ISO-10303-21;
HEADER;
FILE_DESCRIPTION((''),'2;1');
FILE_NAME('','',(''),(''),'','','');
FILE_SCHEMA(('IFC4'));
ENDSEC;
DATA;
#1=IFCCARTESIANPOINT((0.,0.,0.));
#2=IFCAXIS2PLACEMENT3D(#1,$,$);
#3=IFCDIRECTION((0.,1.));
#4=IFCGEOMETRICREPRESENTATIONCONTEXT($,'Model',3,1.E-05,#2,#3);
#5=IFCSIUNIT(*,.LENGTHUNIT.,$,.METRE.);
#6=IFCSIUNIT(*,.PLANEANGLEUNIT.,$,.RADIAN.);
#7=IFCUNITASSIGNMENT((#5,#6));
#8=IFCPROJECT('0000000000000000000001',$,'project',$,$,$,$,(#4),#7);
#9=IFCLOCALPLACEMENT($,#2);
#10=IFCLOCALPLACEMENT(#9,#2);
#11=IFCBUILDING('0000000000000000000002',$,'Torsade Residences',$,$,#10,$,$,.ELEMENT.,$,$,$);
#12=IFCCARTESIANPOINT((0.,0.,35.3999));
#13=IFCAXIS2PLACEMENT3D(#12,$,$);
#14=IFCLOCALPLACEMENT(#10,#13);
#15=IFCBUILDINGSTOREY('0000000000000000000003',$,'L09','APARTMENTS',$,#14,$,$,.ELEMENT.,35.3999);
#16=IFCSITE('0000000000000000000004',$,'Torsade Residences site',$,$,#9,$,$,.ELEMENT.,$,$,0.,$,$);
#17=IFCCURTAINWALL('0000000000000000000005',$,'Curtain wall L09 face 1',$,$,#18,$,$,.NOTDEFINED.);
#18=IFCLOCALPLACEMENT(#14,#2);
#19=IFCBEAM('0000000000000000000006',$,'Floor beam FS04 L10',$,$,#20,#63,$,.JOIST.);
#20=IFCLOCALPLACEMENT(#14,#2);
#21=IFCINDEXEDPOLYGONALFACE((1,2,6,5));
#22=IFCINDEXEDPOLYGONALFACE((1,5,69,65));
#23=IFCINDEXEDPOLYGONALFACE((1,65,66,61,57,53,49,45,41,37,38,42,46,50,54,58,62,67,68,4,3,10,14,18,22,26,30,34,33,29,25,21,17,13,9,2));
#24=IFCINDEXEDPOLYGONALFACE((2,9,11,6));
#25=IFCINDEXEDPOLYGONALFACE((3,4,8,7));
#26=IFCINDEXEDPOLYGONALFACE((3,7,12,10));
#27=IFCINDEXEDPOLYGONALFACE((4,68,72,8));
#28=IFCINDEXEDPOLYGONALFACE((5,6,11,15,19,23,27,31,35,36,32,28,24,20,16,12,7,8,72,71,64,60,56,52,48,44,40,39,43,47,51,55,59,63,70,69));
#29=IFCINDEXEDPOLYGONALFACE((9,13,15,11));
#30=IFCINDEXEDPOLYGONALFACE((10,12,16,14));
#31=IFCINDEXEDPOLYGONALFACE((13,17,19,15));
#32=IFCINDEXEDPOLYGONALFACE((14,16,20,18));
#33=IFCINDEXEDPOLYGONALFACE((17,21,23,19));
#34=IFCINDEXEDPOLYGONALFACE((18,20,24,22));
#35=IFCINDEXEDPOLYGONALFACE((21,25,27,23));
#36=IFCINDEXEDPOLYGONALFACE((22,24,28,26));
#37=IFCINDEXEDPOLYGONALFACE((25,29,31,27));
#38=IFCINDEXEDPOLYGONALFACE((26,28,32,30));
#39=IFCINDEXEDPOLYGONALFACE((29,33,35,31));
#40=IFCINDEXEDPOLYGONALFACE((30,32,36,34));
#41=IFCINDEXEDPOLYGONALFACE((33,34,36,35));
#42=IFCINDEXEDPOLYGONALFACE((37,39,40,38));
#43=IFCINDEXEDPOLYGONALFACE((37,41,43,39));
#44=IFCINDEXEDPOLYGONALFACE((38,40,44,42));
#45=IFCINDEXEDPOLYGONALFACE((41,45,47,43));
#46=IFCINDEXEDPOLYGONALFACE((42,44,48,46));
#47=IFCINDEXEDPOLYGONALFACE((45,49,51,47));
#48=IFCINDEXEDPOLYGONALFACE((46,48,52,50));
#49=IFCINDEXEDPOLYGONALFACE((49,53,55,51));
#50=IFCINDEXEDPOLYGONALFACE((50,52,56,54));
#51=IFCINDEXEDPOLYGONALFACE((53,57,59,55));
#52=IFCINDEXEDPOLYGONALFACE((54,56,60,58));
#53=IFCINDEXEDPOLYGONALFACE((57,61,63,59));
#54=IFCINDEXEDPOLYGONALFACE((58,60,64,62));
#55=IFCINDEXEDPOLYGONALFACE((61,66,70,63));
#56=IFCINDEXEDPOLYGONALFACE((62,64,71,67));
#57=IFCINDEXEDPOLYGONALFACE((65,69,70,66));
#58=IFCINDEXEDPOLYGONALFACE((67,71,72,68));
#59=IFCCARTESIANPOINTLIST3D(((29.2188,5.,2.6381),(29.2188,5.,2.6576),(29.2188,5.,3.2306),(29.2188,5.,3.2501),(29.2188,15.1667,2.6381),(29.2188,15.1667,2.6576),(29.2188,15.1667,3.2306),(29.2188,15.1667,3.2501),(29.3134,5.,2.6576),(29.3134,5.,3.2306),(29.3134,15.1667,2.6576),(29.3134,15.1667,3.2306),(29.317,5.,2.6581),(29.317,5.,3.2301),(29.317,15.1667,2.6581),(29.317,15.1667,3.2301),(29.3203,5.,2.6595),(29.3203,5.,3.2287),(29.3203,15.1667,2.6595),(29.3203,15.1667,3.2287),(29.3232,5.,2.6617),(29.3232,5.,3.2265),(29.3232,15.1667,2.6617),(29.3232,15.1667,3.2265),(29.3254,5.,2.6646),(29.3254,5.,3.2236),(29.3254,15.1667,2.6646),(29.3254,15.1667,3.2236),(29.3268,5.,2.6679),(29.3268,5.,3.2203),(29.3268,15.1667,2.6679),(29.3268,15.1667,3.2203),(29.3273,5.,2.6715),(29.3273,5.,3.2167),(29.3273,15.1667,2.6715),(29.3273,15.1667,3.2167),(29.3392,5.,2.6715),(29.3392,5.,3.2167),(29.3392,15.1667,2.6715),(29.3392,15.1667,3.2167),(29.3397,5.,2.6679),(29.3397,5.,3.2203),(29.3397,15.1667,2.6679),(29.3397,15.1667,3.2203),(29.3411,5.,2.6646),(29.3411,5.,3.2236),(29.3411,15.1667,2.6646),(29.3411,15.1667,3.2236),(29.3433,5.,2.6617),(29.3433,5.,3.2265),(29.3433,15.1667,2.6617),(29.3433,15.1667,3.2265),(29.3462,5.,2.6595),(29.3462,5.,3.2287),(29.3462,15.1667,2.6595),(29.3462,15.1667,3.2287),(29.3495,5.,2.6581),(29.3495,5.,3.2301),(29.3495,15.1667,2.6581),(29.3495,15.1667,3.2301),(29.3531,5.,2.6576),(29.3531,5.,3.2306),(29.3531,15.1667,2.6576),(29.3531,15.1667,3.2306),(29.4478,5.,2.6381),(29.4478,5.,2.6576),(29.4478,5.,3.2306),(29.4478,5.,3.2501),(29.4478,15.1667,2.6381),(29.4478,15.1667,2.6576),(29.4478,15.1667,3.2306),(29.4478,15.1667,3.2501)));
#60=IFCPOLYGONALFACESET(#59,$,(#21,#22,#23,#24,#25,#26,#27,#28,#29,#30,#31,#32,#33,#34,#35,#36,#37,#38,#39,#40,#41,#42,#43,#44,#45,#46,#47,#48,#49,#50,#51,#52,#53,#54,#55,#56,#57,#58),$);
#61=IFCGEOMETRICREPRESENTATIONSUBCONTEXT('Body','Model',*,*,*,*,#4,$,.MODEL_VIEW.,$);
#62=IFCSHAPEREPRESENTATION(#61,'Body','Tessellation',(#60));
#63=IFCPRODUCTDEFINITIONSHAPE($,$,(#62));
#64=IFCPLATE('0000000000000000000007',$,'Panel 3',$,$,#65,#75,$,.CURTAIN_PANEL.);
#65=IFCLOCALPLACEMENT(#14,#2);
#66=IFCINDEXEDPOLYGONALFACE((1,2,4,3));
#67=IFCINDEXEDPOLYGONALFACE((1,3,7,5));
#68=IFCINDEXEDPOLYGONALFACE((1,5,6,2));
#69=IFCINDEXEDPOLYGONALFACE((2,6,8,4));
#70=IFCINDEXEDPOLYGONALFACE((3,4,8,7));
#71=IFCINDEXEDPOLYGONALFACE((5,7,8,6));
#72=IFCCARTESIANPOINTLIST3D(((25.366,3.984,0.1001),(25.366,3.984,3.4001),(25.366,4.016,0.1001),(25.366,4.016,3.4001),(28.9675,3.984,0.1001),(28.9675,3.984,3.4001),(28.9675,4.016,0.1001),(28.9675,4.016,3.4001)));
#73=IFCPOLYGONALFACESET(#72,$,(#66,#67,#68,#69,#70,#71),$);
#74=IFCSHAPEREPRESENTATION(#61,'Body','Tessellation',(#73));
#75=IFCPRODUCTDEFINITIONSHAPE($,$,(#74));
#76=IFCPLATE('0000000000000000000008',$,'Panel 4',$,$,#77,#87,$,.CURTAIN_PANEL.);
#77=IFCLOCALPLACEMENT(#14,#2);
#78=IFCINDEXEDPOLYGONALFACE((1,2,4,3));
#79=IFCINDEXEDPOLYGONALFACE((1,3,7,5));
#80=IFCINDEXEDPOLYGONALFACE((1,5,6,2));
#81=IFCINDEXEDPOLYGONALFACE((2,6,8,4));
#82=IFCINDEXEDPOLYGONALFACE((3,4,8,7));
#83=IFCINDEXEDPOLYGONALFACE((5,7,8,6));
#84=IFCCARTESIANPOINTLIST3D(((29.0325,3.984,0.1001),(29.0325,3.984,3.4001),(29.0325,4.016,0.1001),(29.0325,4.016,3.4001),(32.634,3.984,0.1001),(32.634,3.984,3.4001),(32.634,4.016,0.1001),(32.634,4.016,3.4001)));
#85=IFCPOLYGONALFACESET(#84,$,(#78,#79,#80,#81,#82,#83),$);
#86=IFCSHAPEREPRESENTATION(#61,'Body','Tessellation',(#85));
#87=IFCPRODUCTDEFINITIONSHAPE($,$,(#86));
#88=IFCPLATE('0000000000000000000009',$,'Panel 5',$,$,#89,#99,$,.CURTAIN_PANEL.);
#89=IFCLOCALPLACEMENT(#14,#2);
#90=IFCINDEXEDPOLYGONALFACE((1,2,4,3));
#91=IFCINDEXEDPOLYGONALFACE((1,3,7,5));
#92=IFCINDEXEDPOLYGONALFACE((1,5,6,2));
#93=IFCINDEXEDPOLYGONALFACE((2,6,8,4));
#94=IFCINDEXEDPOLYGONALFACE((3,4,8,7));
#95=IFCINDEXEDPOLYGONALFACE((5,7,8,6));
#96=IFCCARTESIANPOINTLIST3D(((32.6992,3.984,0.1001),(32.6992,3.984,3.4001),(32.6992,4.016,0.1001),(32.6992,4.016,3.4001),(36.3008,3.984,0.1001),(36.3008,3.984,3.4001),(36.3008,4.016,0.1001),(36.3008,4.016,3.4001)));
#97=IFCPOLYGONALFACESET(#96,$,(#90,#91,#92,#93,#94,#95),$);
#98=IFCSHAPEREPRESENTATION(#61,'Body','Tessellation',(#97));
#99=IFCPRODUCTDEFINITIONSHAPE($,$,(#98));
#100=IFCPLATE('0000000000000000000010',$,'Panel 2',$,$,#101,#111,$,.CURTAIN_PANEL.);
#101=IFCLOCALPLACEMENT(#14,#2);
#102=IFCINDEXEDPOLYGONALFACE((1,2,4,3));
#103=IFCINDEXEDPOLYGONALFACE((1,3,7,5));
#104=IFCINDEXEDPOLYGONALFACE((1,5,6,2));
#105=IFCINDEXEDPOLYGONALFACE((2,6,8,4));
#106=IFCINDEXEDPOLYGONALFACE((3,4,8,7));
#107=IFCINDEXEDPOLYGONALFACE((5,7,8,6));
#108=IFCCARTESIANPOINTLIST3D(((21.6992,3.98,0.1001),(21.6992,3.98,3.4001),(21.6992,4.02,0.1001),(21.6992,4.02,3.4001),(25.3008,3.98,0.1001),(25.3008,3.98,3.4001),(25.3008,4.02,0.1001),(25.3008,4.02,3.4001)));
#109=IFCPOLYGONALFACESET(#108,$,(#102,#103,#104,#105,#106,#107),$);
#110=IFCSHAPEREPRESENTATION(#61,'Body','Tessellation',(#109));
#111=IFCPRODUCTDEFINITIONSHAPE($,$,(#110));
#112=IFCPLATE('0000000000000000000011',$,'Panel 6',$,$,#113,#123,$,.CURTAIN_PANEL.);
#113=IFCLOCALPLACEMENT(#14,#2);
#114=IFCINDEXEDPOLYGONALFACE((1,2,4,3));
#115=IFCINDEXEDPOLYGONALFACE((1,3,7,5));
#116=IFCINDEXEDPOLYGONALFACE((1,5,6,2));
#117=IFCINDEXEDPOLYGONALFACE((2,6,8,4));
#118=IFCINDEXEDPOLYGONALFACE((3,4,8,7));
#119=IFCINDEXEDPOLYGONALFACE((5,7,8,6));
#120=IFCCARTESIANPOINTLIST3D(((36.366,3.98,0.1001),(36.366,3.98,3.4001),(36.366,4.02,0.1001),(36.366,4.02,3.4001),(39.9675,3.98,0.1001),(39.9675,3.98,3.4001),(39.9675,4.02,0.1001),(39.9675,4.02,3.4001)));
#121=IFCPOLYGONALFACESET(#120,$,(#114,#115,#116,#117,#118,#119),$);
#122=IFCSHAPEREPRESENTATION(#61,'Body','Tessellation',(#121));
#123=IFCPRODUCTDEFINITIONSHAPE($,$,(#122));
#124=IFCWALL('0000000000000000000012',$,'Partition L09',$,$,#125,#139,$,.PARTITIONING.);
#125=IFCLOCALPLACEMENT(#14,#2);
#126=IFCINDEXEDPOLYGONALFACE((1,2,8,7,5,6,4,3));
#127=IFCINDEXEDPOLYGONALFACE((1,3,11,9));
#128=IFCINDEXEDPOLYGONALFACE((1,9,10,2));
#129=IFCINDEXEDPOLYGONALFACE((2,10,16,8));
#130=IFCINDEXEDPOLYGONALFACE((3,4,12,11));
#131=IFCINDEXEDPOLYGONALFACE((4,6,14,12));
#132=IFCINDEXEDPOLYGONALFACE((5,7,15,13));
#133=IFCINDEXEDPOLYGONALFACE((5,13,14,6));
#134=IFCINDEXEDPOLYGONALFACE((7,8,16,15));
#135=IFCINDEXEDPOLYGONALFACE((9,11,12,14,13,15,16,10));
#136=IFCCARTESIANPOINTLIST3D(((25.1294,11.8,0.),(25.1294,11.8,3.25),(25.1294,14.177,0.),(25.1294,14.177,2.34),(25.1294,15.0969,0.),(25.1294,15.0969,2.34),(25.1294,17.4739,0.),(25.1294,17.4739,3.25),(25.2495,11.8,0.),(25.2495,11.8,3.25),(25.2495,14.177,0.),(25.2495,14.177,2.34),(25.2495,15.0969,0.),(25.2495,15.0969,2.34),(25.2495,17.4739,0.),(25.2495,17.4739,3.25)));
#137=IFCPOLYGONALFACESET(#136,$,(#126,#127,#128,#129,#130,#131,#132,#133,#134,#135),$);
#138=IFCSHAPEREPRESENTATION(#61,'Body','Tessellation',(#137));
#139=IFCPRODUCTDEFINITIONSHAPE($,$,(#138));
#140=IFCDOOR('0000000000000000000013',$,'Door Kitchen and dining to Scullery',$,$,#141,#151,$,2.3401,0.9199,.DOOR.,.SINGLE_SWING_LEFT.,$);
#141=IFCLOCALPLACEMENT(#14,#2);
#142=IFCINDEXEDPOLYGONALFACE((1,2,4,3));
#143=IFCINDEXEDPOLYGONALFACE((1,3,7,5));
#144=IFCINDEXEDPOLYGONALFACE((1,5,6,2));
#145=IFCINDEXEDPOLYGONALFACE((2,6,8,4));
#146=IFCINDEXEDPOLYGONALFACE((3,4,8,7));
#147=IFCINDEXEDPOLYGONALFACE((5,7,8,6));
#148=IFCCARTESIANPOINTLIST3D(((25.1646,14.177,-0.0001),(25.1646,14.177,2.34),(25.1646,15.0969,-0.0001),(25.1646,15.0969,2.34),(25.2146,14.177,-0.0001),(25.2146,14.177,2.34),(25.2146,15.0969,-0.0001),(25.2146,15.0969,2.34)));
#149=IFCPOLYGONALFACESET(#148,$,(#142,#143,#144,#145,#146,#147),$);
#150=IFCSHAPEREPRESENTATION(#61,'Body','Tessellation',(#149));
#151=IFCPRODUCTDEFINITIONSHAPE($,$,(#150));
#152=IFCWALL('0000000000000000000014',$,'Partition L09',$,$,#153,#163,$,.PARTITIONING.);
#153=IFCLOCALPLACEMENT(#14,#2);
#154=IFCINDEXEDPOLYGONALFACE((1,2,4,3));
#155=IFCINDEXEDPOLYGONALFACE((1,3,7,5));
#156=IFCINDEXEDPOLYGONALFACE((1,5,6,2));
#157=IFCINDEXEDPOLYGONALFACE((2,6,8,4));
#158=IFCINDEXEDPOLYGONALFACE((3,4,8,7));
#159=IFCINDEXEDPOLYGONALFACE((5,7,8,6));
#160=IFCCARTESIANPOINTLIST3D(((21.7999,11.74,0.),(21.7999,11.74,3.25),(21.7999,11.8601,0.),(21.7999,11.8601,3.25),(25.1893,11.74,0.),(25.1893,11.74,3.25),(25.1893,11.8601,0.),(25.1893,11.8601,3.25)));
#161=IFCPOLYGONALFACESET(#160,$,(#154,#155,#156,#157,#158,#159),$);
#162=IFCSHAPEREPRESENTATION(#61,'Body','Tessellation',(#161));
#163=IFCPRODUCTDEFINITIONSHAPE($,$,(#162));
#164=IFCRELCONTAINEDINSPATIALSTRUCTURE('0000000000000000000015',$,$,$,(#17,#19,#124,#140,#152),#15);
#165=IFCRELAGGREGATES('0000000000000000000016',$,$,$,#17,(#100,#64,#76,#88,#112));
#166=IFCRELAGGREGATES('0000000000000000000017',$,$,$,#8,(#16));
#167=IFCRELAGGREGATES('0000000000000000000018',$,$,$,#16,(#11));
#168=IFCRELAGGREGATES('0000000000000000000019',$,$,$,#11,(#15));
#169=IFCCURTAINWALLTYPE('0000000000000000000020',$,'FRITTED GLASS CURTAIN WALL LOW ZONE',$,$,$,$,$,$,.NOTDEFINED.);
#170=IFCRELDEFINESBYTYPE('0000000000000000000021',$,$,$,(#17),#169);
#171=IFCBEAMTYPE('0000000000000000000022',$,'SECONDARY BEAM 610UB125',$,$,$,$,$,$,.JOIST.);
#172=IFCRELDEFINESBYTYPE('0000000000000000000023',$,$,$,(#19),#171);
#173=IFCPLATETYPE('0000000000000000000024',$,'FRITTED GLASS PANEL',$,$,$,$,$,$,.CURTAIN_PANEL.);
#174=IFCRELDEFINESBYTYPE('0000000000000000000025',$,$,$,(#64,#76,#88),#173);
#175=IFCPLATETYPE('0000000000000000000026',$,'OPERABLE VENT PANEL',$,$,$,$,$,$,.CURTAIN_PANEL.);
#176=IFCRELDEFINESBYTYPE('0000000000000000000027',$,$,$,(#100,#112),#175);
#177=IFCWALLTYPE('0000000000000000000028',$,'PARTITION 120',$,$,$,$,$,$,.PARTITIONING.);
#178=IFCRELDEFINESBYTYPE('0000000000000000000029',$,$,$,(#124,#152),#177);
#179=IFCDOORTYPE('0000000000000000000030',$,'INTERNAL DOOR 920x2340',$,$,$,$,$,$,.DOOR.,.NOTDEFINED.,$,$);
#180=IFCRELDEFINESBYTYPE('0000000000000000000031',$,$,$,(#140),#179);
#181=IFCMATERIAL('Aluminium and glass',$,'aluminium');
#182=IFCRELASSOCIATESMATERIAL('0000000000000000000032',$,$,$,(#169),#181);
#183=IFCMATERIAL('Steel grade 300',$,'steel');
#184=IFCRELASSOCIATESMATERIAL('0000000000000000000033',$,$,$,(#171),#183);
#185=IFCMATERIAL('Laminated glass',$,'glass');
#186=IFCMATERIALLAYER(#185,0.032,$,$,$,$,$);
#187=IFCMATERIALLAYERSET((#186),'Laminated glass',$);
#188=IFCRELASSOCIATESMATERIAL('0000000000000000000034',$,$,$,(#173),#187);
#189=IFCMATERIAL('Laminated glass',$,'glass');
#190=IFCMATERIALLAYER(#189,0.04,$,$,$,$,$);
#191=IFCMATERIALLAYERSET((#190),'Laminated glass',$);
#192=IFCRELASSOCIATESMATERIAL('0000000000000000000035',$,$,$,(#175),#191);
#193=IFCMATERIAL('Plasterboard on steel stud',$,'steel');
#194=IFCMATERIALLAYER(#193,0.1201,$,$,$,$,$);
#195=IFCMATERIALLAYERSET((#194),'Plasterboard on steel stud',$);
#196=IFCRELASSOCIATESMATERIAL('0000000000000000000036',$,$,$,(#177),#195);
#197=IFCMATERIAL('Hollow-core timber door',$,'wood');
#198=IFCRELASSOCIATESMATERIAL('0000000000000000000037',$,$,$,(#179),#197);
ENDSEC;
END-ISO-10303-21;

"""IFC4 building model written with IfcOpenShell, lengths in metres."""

from ifc_helpers import new_model, si_unit, direction, frame, frame_2d, origin, origin_2d, place, context, subcontext, project, spatial, rectangle, i_section, extrude, material, layer, layer_set, material_profile, profile_set, type_object, element, fill, aggregate, save


model = new_model("IFC4")

# Units and contexts
model_context = context("Model", 3, precision=1e-05, world=origin(), true_north=direction((0.0, 1.0)))
body_context = subcontext(model_context, "Body", "Model", "MODEL_VIEW")
ifc_project = project(units=[si_unit("LENGTHUNIT", "METRE"), si_unit("PLANEANGLEUNIT", "RADIAN")], contexts=[model_context])

# Site, building, storey
site_placement = place(None, origin())
site = spatial("IfcSite", under=ifc_project, at=site_placement, Name="Torsade Residences site", CompositionType="ELEMENT", RefElevation=0.0)
building_placement = place(site_placement, origin())
building = spatial("IfcBuilding", under=site, at=building_placement, Name="Torsade Residences", CompositionType="ELEMENT")
storey_placement = place(building_placement, frame((0.0, 0.0, 35.3999)))
storey = spatial("IfcBuildingStorey", under=building, at=storey_placement, Name="L09", Description="APARTMENTS", CompositionType="ELEMENT", Elevation=35.3999)

# Curtain wall
ifc_material_1 = material(Name="Aluminium and glass", Category="aluminium")
curtain_wall_type = type_object("IfcCurtainWallType", Name="FRITTED GLASS CURTAIN WALL LOW ZONE", PredefinedType="NOTDEFINED", material=ifc_material_1)
curtain_wall_placement = place(storey_placement, origin())
curtain_wall = element("IfcCurtainWall", 1, at=curtain_wall_placement, inside=storey, type_object=curtain_wall_type, Name="Curtain wall L09 face 1", PredefinedType="NOTDEFINED")

# Beam
ifc_material_2 = material(Name="Steel grade 300", Category="steel")
ifc_material_profile_1 = material_profile(ifc_material_2, i_section(OverallWidth=0.229, OverallDepth=0.6121, WebThickness=0.012, FlangeThickness=0.0195, FilletRadius=0.0139, at=origin_2d()), Name="610UB125")
ifc_profile_set_1 = profile_set([ifc_material_profile_1], Name="Steel grade 300")
beam_type_1 = type_object("IfcBeamType", Name="SECONDARY BEAM 610UB125", PredefinedType="JOIST", material=ifc_profile_set_1)
beam_1_placement = place(storey_placement, frame((29.3333, 5.0, 2.9441), z_axis=(0.0, 1.0, 0.0), x_axis=(-1.0, 0.0, 0.0)))
element("IfcBeam", 2, at=beam_1_placement, inside=storey, type_object=beam_type_1, Name="Floor beam FS04 L10", PredefinedType="JOIST", context=body_context, shape_type="SweptSolid", body=[
    extrude(i_section(OverallWidth=0.229, OverallDepth=0.6121, WebThickness=0.012, FlangeThickness=0.0195, FilletRadius=0.0139, at=origin_2d()), origin(), (0.0, 0.0, 1.0), 10.1667),
])

# Plates
ifc_material_3 = material(Name="Laminated glass", Category="glass")
ifc_layer_1 = layer(ifc_material_3, 0.032)
ifc_layer_set_1 = layer_set([ifc_layer_1], Name="Laminated glass")
plate_type_1 = type_object("IfcPlateType", Name="FRITTED GLASS PANEL", PredefinedType="CURTAIN_PANEL", material=ifc_layer_set_1)
plate_1_placement = place(storey_placement, frame((27.1667, 4.0, 0.1001), z_axis=(0.0, 0.0, 1.0), x_axis=(1.0, 0.0, 0.0)))
plate_1 = element("IfcPlate", 3, at=plate_1_placement, type_object=plate_type_1, Name="Panel 3", PredefinedType="CURTAIN_PANEL", context=body_context, shape_type="SweptSolid", body=[
    extrude(rectangle(XDim=3.6016, YDim=0.032, at=origin_2d()), origin(), (0.0, 0.0, 1.0), 3.3),
])
plate_2_placement = place(storey_placement, frame((30.8333, 4.0, 0.1001), z_axis=(0.0, 0.0, 1.0), x_axis=(1.0, 0.0, 0.0)))
plate_2 = element("IfcPlate", 4, at=plate_2_placement, type_object=plate_type_1, Name="Panel 4", PredefinedType="CURTAIN_PANEL", context=body_context, shape_type="SweptSolid", body=[
    extrude(rectangle(XDim=3.6016, YDim=0.032, at=origin_2d()), origin(), (0.0, 0.0, 1.0), 3.3),
])
plate_3_placement = place(storey_placement, frame((34.5, 4.0, 0.1001), z_axis=(0.0, 0.0, 1.0), x_axis=(1.0, 0.0, 0.0)))
plate_3 = element("IfcPlate", 5, at=plate_3_placement, type_object=plate_type_1, Name="Panel 5", PredefinedType="CURTAIN_PANEL", context=body_context, shape_type="SweptSolid", body=[
    extrude(rectangle(XDim=3.6016, YDim=0.032, at=origin_2d()), origin(), (0.0, 0.0, 1.0), 3.3),
])
ifc_material_4 = material(Name="Laminated glass", Category="glass")
ifc_layer_2 = layer(ifc_material_4, 0.04)
ifc_layer_set_2 = layer_set([ifc_layer_2], Name="Laminated glass")
plate_type_2 = type_object("IfcPlateType", Name="OPERABLE VENT PANEL", PredefinedType="CURTAIN_PANEL", material=ifc_layer_set_2)
plate_4_placement = place(storey_placement, frame((23.5, 4.0, 0.1001), z_axis=(0.0, 0.0, 1.0), x_axis=(1.0, 0.0, 0.0)))
plate_4 = element("IfcPlate", 6, at=plate_4_placement, type_object=plate_type_2, Name="Panel 2", PredefinedType="CURTAIN_PANEL", context=body_context, shape_type="SweptSolid", body=[
    extrude(rectangle(XDim=3.6016, YDim=0.04, at=origin_2d()), origin(), (0.0, 0.0, 1.0), 3.3),
])
plate_5_placement = place(storey_placement, frame((38.1667, 4.0, 0.1001), z_axis=(0.0, 0.0, 1.0), x_axis=(1.0, 0.0, 0.0)))
plate_5 = element("IfcPlate", 7, at=plate_5_placement, type_object=plate_type_2, Name="Panel 6", PredefinedType="CURTAIN_PANEL", context=body_context, shape_type="SweptSolid", body=[
    extrude(rectangle(XDim=3.6016, YDim=0.04, at=origin_2d()), origin(), (0.0, 0.0, 1.0), 3.3),
])
aggregate(curtain_wall, [plate_4, plate_1, plate_2, plate_3, plate_5])

# Wall, opening, door
ifc_material_5 = material(Name="Plasterboard on steel stud", Category="steel")
ifc_layer_3 = layer(ifc_material_5, 0.1201)
ifc_layer_set_3 = layer_set([ifc_layer_3], Name="Plasterboard on steel stud")
wall_type_1 = type_object("IfcWallType", Name="PARTITION 120", PredefinedType="PARTITIONING", material=ifc_layer_set_3)
wall_1_placement = place(storey_placement, frame((25.1895, 11.8, 0.0), z_axis=(0.0, 0.0, 1.0), x_axis=(0.0, 1.0, 0.0)))
wall_1 = element("IfcWall", 8, at=wall_1_placement, inside=storey, type_object=wall_type_1, Name="Partition L09", PredefinedType="PARTITIONING", context=body_context, shape_type="SweptSolid", body=[
    extrude(rectangle(XDim=5.6738, YDim=0.1201, at=frame_2d((2.8369, 0.0))), origin(), (0.0, 0.0, 1.0), 3.25),
])
opening_1_placement = place(wall_1_placement, frame((2.377, 0.0, 0.0)))
opening_1 = element("IfcOpeningElement", 9, at=opening_1_placement, cuts=wall_1, PredefinedType="OPENING", context=body_context, shape_type="SweptSolid", body=[
    extrude(rectangle(XDim=0.9199, YDim=2.3401, at=frame_2d((0.46, 1.1699))), frame((0.0, 0.0701, 0.0), z_axis=(0.0, -1.0, 0.0), x_axis=(1.0, 0.0, 0.0)), (0.0, 0.0, 1.0), 0.1401),
])
ifc_material_6 = material(Name="Hollow-core timber door", Category="wood")
door_type = type_object("IfcDoorType", Name="INTERNAL DOOR 920x2340", OperationType="NOTDEFINED", PredefinedType="DOOR", material=ifc_material_6)
door_1_placement = place(opening_1_placement, origin())
door_1 = element("IfcDoor", 10, at=door_1_placement, inside=storey, type_object=door_type, Name="Door Kitchen and dining to Scullery", OperationType="SINGLE_SWING_LEFT", OverallHeight=2.3401, OverallWidth=0.9199, PredefinedType="DOOR", context=body_context, shape_type="SweptSolid", body=[
    extrude(rectangle(XDim=0.9199, YDim=2.3401, at=frame_2d((0.46, 1.1699))), frame((0.0, 0.0249, 0.0), z_axis=(0.0, -1.0, 0.0), x_axis=(1.0, 0.0, 0.0)), (0.0, 0.0, 1.0), 0.05),
])
fill(opening_1, door_1)

# Wall
wall_2_placement = place(storey_placement, frame((25.1895, 11.8, 0.0), z_axis=(0.0, 0.0, 1.0), x_axis=(-1.0, 0.0, 0.0)))
element("IfcWall", 11, at=wall_2_placement, inside=storey, type_object=wall_type_1, Name="Partition L09", PredefinedType="PARTITIONING", context=body_context, shape_type="SweptSolid", body=[
    extrude(rectangle(XDim=3.3894, YDim=0.1201, at=frame_2d((1.6948, 0.0))), origin(), (0.0, 0.0, 1.0), 3.25),
])

save(model, "model.ifc")
